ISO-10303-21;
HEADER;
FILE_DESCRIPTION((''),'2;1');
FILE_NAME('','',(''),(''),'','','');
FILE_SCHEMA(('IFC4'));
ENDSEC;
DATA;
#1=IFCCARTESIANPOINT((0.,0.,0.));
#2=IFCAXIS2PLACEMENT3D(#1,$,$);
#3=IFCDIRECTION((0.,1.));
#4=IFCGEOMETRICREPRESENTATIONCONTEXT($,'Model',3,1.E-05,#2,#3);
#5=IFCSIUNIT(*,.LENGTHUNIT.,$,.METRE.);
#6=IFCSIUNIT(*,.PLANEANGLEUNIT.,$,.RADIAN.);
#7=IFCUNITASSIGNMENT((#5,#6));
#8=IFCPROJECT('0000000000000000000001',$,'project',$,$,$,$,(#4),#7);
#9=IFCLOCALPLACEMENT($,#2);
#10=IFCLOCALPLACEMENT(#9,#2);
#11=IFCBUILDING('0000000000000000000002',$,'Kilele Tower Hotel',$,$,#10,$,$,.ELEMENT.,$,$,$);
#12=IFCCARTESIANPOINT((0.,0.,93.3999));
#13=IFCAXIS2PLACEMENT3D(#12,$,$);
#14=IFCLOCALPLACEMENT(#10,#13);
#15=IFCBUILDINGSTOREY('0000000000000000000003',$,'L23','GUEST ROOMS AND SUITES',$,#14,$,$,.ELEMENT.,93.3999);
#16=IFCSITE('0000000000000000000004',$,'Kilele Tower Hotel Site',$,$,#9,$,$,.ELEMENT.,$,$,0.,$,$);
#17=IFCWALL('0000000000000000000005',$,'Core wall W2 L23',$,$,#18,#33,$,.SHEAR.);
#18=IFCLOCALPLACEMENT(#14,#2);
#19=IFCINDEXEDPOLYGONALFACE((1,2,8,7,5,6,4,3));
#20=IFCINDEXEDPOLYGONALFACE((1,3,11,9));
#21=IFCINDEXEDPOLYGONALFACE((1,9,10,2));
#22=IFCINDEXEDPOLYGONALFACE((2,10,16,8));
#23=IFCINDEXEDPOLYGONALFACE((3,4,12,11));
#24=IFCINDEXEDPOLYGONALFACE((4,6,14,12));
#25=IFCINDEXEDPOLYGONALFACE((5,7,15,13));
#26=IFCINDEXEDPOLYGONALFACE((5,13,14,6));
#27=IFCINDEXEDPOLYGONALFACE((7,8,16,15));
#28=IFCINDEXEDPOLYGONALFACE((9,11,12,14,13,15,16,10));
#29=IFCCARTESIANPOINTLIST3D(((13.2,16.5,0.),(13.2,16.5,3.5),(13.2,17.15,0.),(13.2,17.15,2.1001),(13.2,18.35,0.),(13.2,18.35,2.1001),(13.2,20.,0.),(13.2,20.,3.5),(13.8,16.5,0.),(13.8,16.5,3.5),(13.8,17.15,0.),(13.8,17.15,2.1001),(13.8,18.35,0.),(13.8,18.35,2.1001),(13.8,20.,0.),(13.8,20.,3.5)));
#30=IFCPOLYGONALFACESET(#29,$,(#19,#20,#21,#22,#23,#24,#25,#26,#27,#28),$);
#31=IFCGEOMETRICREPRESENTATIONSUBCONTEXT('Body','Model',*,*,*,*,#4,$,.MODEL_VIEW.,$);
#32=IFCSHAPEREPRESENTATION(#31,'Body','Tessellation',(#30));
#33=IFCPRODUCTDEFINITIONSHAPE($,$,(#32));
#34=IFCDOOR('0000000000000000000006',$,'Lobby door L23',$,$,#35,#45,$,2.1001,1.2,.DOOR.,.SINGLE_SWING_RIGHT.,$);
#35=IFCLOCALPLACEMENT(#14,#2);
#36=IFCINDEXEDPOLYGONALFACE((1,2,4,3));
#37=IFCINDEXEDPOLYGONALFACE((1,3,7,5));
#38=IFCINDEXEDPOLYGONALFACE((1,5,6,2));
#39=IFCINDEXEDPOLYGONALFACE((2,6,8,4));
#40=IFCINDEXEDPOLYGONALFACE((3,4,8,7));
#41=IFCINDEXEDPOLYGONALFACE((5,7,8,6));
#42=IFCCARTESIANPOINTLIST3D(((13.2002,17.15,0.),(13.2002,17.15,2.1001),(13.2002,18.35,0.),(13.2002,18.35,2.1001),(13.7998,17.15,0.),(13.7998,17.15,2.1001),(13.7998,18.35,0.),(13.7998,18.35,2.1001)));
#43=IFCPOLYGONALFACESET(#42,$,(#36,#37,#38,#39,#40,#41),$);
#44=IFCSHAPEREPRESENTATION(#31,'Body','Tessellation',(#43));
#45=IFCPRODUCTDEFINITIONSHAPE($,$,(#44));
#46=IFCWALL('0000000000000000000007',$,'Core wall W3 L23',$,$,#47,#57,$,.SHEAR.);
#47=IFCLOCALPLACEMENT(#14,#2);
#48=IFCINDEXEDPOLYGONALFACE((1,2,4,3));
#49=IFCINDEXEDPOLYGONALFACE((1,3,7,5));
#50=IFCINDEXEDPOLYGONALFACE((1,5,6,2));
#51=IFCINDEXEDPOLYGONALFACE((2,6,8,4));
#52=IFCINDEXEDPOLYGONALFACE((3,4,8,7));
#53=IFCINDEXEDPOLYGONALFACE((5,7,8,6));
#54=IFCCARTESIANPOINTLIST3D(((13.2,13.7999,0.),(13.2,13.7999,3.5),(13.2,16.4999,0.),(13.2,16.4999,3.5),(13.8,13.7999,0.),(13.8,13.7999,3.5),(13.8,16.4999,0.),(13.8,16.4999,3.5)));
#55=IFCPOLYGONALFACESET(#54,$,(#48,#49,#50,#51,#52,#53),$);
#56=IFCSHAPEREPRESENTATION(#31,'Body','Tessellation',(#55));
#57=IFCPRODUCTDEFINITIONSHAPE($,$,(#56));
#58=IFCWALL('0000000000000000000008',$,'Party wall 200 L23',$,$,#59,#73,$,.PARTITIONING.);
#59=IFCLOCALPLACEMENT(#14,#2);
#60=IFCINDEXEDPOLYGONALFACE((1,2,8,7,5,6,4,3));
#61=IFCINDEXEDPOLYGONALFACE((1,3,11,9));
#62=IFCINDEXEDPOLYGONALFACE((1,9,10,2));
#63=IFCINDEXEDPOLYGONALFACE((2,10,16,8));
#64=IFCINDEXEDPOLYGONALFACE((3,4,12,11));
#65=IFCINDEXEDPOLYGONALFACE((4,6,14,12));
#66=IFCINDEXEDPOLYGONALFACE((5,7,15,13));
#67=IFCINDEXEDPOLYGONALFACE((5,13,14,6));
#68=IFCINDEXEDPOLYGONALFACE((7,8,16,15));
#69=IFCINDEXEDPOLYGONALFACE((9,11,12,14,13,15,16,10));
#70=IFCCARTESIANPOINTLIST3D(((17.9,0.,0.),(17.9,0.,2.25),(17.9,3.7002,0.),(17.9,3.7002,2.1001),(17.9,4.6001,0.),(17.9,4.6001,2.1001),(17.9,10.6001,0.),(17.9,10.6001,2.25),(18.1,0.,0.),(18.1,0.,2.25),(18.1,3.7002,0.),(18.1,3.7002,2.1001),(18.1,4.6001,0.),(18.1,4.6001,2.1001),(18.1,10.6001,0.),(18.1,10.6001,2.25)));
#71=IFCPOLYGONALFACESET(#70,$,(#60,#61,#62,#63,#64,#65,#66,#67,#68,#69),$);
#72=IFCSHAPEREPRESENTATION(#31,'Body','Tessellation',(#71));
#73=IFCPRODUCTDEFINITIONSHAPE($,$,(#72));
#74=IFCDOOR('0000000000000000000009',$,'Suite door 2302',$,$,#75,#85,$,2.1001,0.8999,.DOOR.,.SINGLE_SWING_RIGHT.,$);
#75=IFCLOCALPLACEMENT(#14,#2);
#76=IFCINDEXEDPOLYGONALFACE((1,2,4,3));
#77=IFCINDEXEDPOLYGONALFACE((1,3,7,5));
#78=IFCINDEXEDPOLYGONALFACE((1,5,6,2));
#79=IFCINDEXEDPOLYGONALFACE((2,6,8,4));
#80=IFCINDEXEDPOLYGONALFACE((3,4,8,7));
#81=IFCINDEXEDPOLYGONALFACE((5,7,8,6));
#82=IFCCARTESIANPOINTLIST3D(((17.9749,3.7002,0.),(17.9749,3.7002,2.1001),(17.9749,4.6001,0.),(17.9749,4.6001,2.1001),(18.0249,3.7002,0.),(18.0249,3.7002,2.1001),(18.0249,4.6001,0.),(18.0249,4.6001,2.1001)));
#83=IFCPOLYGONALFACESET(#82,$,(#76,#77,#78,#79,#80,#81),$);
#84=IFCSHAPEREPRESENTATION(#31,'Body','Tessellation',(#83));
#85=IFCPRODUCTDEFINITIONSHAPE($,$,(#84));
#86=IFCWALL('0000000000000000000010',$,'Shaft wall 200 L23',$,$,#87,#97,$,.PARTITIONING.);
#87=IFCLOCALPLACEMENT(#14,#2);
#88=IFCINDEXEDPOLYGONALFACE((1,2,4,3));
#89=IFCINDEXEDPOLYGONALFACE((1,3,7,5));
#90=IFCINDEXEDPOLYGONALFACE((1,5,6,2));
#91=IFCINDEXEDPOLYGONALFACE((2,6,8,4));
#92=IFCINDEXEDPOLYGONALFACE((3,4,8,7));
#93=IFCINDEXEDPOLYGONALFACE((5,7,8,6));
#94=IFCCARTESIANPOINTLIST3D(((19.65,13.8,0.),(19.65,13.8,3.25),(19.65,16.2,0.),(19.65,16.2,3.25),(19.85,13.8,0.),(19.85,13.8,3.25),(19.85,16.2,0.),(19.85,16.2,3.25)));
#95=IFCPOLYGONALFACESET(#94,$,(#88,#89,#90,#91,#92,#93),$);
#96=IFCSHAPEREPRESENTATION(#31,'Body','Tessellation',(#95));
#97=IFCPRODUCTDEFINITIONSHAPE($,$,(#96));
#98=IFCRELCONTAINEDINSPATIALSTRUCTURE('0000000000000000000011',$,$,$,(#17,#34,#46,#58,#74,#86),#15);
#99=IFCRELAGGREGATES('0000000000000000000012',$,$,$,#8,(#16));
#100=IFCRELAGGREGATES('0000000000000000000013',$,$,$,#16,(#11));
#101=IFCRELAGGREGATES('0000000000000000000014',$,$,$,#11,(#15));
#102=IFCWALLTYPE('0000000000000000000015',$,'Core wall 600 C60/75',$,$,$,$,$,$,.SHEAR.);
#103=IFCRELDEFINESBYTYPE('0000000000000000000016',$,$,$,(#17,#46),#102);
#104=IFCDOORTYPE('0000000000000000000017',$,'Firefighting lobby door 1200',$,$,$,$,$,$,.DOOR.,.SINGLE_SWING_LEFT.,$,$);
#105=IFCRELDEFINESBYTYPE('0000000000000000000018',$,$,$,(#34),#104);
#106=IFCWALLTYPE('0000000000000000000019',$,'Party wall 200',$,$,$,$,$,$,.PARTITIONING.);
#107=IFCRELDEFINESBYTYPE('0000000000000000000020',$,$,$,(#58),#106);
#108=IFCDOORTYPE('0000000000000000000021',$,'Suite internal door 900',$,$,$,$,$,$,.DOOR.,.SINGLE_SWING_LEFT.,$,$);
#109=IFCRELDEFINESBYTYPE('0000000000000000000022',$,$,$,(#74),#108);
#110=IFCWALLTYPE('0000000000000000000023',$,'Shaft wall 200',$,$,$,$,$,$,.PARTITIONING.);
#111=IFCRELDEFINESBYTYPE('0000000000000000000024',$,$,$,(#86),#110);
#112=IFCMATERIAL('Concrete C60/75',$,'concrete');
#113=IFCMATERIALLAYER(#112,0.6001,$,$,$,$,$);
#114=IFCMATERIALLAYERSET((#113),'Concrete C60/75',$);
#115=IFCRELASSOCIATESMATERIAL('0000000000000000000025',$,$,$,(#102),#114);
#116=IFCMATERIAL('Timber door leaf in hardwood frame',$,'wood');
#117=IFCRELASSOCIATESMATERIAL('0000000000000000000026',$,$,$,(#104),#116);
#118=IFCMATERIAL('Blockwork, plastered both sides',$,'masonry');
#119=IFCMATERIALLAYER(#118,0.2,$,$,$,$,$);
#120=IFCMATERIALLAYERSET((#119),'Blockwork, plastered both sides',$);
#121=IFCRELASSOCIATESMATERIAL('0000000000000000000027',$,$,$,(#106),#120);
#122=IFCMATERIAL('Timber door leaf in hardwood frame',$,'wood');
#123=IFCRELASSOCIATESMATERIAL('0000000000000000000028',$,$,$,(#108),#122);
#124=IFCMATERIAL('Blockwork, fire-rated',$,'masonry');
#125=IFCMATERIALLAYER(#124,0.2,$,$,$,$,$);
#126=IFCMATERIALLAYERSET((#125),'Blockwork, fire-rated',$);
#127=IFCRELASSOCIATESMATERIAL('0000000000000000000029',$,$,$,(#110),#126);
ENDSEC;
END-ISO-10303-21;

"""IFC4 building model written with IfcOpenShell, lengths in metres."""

from ifc_helpers import new_model, si_unit, direction, frame, frame_2d, origin, place, context, subcontext, project, spatial, rectangle, extrude, material, layer, layer_set, type_object, element, fill, save


model = new_model("IFC4")

# Units and contexts
model_context = context("Model", 3, precision=1e-05, world=origin(), true_north=direction((0.0, 1.0)))
body_context = subcontext(model_context, "Body", "Model", "MODEL_VIEW")
ifc_project = project(units=[si_unit("LENGTHUNIT", "METRE"), si_unit("PLANEANGLEUNIT", "RADIAN")], contexts=[model_context])

# Site, building, storey
site_placement = place(None, origin())
site = spatial("IfcSite", under=ifc_project, at=site_placement, Name="Kilele Tower Hotel Site", CompositionType="ELEMENT", RefElevation=0.0)
building_placement = place(site_placement, origin())
building = spatial("IfcBuilding", under=site, at=building_placement, Name="Kilele Tower Hotel", CompositionType="ELEMENT")
storey_placement = place(building_placement, frame((0.0, 0.0, 93.3999)))
storey = spatial("IfcBuildingStorey", under=building, at=storey_placement, Name="L23", Description="GUEST ROOMS AND SUITES", CompositionType="ELEMENT", Elevation=93.3999)

# Shared definitions
ifc_material_1 = material(Name="Concrete C60/75", Category="concrete")
ifc_layer_1 = layer(ifc_material_1, 0.6001)
ifc_layer_set_1 = layer_set([ifc_layer_1], Name="Concrete C60/75")
wall_type_1 = type_object("IfcWallType", Name="Core wall 600 C60/75", PredefinedType="SHEAR", material=ifc_layer_set_1)
ifc_material_2 = material(Name="Timber door leaf in hardwood frame", Category="wood")
door_type_1 = type_object("IfcDoorType", Name="Firefighting lobby door 1200", OperationType="SINGLE_SWING_LEFT", PredefinedType="DOOR", material=ifc_material_2)

# Wall, opening, door
wall_1_placement = place(storey_placement, frame((13.5, 20.0, 0.0), z_axis=(0.0, 0.0, 1.0), x_axis=(0.0, -1.0, 0.0)))
wall_1 = element("IfcWall", 1, at=wall_1_placement, inside=storey, type_object=wall_type_1, Name="Core wall W2 L23", PredefinedType="SHEAR", context=body_context, shape_type="SweptSolid", body=[
    extrude(rectangle(XDim=3.5, YDim=0.6001, at=frame_2d((1.75, 0.0))), origin(), (0.0, 0.0, 1.0), 3.5),
])
opening_1_placement = place(wall_1_placement, frame((1.6499, 0.0, 0.0)))
opening_1 = element("IfcOpeningElement", 2, at=opening_1_placement, cuts=wall_1, PredefinedType="OPENING", context=body_context, shape_type="SweptSolid", body=[
    extrude(rectangle(XDim=1.2, YDim=2.1001, at=frame_2d((0.6001, 1.05))), frame((0.0, 0.3101, 0.0), z_axis=(0.0, -1.0, 0.0), x_axis=(1.0, 0.0, 0.0)), (0.0, 0.0, 1.0), 0.6201),
])
door_1_placement = place(opening_1_placement, origin())
door_1 = element("IfcDoor", 3, at=door_1_placement, inside=storey, type_object=door_type_1, Name="Lobby door L23", OperationType="SINGLE_SWING_RIGHT", OverallHeight=2.1001, OverallWidth=1.2, PredefinedType="DOOR", context=body_context, shape_type="SweptSolid", body=[
    extrude(rectangle(XDim=1.2, YDim=2.1001, at=frame_2d((0.6001, 1.05))), frame((0.0, 0.2998, 0.0), z_axis=(0.0, -1.0, 0.0), x_axis=(1.0, 0.0, 0.0)), (0.0, 0.0, 1.0), 0.5996),
])
fill(opening_1, door_1)

# Wall
wall_2_placement = place(storey_placement, frame((13.5, 16.5, 0.0), z_axis=(0.0, 0.0, 1.0), x_axis=(0.0, -1.0, 0.0)))
element("IfcWall", 4, at=wall_2_placement, inside=storey, type_object=wall_type_1, Name="Core wall W3 L23", PredefinedType="SHEAR", context=body_context, shape_type="SweptSolid", body=[
    extrude(rectangle(XDim=2.7, YDim=0.6001, at=frame_2d((1.3501, 0.0))), origin(), (0.0, 0.0, 1.0), 3.5),
])

# Wall, opening, door
ifc_material_3 = material(Name="Blockwork, plastered both sides", Category="masonry")
ifc_layer_2 = layer(ifc_material_3, 0.2)
ifc_layer_set_2 = layer_set([ifc_layer_2], Name="Blockwork, plastered both sides")
wall_type_2 = type_object("IfcWallType", Name="Party wall 200", PredefinedType="PARTITIONING", material=ifc_layer_set_2)
wall_3_placement = place(storey_placement, frame((18.0, 10.6001, 0.0), z_axis=(0.0, 0.0, 1.0), x_axis=(0.0, -1.0, 0.0)))
wall_3 = element("IfcWall", 5, at=wall_3_placement, inside=storey, type_object=wall_type_2, Name="Party wall 200 L23", PredefinedType="PARTITIONING", context=body_context, shape_type="SweptSolid", body=[
    extrude(rectangle(XDim=10.6001, YDim=0.2, at=frame_2d((5.3, 0.0))), origin(), (0.0, 0.0, 1.0), 2.25),
])
opening_2_placement = place(wall_3_placement, frame((6.0, 0.0, 0.0)))
opening_2 = element("IfcOpeningElement", 6, at=opening_2_placement, cuts=wall_3, PredefinedType="OPENING", context=body_context, shape_type="SweptSolid", body=[
    extrude(rectangle(XDim=0.8999, YDim=2.1001, at=frame_2d((0.45, 1.05))), frame((0.0, 0.1099, 0.0), z_axis=(0.0, -1.0, 0.0), x_axis=(1.0, 0.0, 0.0)), (0.0, 0.0, 1.0), 0.22),
])
ifc_material_4 = material(Name="Timber door leaf in hardwood frame", Category="wood")
door_type_2 = type_object("IfcDoorType", Name="Suite internal door 900", OperationType="SINGLE_SWING_LEFT", PredefinedType="DOOR", material=ifc_material_4)
door_2_placement = place(opening_2_placement, origin())
door_2 = element("IfcDoor", 7, at=door_2_placement, inside=storey, type_object=door_type_2, Name="Suite door 2302", OperationType="SINGLE_SWING_RIGHT", OverallHeight=2.1001, OverallWidth=0.8999, PredefinedType="DOOR", context=body_context, shape_type="SweptSolid", body=[
    extrude(rectangle(XDim=0.8999, YDim=2.1001, at=frame_2d((0.45, 1.05))), frame((0.0, 0.0249, 0.0), z_axis=(0.0, -1.0, 0.0), x_axis=(1.0, 0.0, 0.0)), (0.0, 0.0, 1.0), 0.05),
])
fill(opening_2, door_2)

# Wall
ifc_material_5 = material(Name="Blockwork, fire-rated", Category="masonry")
ifc_layer_3 = layer(ifc_material_5, 0.2)
ifc_layer_set_3 = layer_set([ifc_layer_3], Name="Blockwork, fire-rated")
wall_type_3 = type_object("IfcWallType", Name="Shaft wall 200", PredefinedType="PARTITIONING", material=ifc_layer_set_3)
wall_4_placement = place(storey_placement, frame((19.75, 13.8, 0.0), z_axis=(0.0, 0.0, 1.0), x_axis=(0.0, 1.0, 0.0)))
element("IfcWall", 8, at=wall_4_placement, inside=storey, type_object=wall_type_3, Name="Shaft wall 200 L23", PredefinedType="PARTITIONING", context=body_context, shape_type="SweptSolid", body=[
    extrude(rectangle(XDim=2.3999, YDim=0.2, at=frame_2d((1.2, 0.0))), origin(), (0.0, 0.0, 1.0), 3.25),
])

save(model, "model.ifc")
